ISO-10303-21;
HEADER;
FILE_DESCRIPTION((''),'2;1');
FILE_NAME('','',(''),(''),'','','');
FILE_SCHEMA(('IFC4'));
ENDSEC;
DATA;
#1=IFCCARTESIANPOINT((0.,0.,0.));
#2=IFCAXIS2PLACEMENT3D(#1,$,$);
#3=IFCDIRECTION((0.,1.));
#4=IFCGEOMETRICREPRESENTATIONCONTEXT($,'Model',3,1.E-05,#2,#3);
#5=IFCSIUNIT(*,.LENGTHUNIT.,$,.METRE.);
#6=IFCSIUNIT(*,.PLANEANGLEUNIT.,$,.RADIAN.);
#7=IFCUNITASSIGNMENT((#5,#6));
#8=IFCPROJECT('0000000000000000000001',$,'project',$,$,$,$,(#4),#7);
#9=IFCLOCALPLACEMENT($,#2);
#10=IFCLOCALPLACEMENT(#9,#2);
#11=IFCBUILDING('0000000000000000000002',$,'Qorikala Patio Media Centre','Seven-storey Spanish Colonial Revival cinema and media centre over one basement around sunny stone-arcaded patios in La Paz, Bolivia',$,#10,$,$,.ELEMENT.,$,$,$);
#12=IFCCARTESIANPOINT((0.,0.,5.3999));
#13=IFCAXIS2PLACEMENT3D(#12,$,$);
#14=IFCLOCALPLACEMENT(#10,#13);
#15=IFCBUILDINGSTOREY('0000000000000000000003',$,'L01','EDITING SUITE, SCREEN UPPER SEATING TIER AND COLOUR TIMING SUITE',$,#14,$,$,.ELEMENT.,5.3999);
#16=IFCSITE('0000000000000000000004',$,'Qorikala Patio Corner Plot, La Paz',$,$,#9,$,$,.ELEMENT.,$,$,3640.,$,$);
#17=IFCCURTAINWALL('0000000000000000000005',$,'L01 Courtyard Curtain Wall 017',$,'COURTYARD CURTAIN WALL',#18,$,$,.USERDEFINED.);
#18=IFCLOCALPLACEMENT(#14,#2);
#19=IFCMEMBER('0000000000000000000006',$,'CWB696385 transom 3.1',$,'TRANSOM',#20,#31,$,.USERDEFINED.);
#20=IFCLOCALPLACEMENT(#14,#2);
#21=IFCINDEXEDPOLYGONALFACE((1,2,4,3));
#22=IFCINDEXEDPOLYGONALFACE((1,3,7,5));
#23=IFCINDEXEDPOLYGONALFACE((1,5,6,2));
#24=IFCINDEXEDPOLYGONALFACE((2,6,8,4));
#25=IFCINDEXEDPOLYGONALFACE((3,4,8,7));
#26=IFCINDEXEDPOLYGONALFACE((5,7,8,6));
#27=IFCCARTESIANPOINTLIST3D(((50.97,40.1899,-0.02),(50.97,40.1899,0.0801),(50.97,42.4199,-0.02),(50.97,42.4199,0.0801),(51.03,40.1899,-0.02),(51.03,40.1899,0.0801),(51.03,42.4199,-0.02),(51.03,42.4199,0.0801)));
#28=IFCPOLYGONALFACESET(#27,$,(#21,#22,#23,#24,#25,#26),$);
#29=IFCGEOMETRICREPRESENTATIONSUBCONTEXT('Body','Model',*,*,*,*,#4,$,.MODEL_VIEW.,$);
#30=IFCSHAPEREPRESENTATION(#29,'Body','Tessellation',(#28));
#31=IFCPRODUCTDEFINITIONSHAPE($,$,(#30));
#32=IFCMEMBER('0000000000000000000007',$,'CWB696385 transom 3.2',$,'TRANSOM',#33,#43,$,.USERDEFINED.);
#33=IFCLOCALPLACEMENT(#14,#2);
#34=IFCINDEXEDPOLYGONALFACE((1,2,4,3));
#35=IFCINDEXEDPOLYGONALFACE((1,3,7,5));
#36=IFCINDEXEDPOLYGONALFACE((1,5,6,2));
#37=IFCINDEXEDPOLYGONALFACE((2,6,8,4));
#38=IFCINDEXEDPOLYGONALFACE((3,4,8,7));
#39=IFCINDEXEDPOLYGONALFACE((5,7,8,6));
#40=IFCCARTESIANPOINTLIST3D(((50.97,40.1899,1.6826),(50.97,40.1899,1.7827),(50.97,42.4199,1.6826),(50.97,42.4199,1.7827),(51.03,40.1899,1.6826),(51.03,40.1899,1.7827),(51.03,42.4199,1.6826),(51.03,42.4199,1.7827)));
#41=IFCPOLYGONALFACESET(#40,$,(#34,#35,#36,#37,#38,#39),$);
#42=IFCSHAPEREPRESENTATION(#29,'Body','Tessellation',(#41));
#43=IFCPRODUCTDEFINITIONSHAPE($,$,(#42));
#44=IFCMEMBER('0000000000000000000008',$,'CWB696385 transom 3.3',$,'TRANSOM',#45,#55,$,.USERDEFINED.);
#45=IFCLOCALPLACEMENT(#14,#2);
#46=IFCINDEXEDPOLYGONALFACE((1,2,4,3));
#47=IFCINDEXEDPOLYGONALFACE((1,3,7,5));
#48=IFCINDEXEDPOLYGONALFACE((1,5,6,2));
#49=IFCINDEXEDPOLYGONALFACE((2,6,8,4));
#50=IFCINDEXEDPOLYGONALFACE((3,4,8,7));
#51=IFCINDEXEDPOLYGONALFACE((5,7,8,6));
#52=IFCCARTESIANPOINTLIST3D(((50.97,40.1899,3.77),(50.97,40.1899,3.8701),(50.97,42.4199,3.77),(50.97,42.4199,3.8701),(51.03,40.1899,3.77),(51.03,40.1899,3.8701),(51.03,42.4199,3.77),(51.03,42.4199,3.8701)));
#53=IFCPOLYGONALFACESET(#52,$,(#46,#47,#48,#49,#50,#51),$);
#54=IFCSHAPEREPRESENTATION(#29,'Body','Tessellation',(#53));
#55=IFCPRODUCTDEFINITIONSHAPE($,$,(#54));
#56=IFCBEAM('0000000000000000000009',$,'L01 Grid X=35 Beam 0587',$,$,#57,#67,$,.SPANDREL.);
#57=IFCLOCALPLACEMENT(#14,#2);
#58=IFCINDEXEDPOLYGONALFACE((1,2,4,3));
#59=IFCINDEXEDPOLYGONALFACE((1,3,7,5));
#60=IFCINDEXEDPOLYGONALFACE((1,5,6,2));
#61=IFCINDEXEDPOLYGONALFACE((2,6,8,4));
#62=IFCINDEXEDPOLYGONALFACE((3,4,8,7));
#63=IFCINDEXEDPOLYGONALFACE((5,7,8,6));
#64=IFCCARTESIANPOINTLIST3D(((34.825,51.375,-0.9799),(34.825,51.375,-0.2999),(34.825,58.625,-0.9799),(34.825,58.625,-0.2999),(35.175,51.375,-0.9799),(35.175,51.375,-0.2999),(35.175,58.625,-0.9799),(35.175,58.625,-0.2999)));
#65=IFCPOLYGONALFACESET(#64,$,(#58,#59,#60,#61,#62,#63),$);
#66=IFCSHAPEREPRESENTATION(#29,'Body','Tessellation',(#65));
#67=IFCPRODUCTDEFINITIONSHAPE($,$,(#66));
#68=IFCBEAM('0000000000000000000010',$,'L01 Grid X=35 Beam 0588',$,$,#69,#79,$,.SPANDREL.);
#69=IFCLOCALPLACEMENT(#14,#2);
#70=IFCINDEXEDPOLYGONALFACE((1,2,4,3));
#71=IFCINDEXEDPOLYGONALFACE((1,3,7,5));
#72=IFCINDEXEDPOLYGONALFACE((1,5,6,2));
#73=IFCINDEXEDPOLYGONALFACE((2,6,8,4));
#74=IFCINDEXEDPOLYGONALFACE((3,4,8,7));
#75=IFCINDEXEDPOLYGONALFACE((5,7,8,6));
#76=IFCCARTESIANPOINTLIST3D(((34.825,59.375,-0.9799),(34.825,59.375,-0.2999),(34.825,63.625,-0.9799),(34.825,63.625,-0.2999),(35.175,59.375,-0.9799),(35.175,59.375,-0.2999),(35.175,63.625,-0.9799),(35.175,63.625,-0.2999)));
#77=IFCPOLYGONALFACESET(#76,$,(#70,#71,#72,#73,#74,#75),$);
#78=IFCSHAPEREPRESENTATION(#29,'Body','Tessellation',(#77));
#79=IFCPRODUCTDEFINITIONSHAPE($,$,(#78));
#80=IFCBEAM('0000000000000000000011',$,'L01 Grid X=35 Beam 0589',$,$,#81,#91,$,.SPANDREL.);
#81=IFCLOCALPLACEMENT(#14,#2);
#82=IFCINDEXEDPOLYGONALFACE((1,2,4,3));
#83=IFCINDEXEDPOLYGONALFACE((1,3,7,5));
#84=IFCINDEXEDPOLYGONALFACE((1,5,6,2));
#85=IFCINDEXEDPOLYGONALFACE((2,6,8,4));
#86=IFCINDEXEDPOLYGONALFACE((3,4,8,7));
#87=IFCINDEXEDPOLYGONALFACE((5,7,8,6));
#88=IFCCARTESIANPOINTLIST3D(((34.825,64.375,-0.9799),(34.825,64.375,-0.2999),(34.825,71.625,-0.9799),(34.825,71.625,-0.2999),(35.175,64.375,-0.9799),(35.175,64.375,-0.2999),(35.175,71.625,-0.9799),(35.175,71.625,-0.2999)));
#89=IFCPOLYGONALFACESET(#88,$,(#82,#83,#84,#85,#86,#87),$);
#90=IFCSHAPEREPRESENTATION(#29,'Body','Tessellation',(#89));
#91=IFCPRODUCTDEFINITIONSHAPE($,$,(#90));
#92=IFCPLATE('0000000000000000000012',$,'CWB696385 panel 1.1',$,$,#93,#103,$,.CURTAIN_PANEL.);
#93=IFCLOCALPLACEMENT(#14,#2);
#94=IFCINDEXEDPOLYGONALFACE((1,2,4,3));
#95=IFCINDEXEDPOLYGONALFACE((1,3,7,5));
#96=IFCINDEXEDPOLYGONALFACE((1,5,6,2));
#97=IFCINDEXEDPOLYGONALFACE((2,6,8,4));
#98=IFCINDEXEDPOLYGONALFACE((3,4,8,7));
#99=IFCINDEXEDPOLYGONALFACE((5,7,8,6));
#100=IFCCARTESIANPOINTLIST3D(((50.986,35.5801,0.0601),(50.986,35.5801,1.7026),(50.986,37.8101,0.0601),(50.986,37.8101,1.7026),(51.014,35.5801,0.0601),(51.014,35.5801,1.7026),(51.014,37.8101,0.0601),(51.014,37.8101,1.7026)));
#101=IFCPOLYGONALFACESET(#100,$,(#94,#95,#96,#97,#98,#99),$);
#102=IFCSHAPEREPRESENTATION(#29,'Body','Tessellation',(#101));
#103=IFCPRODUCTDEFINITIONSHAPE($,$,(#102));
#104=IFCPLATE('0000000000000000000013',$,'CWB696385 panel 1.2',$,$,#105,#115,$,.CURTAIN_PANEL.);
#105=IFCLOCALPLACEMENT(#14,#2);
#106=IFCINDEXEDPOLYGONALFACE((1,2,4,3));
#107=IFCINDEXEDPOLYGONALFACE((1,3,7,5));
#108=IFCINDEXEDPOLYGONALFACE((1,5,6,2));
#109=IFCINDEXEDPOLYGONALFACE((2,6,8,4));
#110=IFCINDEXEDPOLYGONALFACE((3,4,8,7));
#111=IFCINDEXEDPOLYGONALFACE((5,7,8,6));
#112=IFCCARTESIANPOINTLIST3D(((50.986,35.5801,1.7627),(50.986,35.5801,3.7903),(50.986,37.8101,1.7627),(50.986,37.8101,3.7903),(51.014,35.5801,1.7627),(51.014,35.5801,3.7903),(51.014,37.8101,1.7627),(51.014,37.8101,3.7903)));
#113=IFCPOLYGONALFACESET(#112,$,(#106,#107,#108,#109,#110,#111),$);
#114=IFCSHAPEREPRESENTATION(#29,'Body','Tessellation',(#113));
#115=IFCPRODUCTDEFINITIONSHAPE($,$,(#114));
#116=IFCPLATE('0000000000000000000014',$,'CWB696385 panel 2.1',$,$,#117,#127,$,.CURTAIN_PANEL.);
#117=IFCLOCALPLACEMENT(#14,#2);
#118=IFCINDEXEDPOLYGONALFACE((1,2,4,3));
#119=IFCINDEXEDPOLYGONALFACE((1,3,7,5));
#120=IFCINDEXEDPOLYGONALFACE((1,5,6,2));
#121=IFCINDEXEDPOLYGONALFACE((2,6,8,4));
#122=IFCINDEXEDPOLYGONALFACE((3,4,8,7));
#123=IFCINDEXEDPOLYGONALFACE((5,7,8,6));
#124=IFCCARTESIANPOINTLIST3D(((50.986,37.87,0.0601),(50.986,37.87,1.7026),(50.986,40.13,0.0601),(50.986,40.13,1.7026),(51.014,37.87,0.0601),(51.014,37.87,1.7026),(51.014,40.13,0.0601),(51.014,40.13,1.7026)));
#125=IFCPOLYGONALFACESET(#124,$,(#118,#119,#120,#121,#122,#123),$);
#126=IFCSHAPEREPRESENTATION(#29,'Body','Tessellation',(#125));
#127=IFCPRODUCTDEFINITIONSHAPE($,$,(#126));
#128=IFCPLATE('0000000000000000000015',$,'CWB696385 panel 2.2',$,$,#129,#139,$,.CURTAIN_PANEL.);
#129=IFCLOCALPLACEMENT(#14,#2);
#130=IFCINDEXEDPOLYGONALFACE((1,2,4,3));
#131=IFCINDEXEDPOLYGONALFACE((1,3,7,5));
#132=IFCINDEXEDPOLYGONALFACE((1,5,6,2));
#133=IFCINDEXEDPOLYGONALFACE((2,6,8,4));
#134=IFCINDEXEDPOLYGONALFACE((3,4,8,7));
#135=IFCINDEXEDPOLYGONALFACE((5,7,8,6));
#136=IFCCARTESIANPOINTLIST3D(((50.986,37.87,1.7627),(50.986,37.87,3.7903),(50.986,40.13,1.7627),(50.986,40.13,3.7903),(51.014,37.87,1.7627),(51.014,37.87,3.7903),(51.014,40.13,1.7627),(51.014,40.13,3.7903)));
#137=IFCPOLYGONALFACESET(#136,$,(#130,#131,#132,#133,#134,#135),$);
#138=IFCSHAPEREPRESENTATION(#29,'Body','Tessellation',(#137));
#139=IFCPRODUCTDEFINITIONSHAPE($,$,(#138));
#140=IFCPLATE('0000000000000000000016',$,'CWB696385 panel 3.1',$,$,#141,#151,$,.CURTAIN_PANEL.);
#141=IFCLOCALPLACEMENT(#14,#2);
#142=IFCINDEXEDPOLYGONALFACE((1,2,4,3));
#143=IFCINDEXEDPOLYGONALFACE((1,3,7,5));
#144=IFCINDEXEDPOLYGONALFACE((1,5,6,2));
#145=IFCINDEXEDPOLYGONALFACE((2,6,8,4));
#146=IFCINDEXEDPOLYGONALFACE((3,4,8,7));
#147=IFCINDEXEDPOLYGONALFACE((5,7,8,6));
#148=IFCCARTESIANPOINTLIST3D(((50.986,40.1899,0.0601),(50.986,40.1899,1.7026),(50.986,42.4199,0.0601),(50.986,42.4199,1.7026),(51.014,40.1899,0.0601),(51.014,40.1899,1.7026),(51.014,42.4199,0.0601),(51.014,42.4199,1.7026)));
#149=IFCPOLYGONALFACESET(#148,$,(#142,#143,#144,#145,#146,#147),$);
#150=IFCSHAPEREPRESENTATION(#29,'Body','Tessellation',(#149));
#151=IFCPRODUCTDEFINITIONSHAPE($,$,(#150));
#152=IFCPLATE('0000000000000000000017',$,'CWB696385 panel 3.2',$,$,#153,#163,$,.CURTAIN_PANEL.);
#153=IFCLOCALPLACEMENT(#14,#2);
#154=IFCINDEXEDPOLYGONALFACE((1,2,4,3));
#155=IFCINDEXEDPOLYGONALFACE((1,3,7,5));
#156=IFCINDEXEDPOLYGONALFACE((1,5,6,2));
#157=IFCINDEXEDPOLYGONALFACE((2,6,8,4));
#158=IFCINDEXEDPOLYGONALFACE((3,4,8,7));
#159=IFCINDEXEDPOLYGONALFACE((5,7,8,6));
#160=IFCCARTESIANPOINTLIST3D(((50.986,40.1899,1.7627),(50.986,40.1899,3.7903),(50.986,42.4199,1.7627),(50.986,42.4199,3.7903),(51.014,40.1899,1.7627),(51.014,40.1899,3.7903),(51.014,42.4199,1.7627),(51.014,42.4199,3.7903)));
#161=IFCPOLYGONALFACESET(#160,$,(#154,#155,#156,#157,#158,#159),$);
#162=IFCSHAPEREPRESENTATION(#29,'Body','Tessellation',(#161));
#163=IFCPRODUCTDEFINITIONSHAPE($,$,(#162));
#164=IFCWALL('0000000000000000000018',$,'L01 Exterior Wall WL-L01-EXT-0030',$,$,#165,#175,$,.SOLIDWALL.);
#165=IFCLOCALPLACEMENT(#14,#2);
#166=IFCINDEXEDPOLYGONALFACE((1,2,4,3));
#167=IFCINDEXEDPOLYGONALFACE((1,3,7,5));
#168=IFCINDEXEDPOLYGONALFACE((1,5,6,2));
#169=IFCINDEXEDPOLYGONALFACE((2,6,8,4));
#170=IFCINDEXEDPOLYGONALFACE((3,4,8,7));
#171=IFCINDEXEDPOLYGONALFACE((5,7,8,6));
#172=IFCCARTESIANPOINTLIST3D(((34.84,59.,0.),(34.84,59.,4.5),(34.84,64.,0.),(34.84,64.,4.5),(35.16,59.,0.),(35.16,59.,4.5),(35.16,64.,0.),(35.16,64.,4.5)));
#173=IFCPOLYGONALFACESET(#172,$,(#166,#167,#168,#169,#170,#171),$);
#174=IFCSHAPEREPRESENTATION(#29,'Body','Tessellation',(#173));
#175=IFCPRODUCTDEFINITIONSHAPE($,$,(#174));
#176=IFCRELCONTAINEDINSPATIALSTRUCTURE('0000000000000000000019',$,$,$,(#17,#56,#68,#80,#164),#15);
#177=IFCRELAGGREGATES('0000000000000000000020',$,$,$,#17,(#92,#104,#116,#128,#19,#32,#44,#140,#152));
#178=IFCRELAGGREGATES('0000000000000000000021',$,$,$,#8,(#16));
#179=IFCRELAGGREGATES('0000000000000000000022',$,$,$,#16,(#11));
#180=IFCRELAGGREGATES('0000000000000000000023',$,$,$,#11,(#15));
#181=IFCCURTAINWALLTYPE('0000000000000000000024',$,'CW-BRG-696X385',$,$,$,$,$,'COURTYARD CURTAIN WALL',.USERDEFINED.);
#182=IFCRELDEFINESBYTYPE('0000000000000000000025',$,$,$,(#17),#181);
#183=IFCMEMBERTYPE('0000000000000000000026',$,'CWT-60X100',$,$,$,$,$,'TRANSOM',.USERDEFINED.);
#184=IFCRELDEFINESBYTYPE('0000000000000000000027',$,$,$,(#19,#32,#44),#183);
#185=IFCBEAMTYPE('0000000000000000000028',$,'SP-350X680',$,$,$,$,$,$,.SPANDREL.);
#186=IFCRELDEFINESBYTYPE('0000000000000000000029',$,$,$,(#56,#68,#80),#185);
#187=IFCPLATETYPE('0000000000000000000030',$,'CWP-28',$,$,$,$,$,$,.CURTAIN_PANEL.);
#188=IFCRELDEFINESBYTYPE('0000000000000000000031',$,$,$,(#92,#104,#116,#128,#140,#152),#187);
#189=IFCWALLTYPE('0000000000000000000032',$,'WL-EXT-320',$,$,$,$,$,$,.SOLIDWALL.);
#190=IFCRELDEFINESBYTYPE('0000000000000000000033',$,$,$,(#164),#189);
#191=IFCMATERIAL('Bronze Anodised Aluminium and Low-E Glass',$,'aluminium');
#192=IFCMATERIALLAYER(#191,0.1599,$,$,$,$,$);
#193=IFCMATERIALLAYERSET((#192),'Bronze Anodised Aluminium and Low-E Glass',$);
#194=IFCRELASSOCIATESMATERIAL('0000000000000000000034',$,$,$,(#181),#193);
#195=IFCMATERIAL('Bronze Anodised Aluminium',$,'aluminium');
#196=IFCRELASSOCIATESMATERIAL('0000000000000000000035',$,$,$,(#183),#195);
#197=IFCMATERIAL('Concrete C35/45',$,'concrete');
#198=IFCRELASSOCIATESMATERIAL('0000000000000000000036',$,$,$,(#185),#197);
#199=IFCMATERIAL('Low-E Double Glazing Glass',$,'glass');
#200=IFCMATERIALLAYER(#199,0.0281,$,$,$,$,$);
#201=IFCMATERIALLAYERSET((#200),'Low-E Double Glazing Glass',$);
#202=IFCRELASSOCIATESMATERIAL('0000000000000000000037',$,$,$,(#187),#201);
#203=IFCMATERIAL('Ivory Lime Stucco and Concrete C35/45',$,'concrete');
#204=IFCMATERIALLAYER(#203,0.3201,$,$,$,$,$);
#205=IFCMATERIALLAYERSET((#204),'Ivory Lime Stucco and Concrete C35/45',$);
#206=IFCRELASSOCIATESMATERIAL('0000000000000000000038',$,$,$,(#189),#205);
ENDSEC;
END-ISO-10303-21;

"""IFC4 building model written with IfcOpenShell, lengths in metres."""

from ifc_helpers import new_model, si_unit, direction, frame, frame_2d, origin, origin_2d, place, context, subcontext, project, spatial, rectangle, extrude, material, layer, layer_set, material_profile, profile_set, type_object, element, aggregate, save


model = new_model("IFC4")

# Units and contexts
model_context = context("Model", 3, precision=1e-05, world=origin(), true_north=direction((0.0, 1.0)))
body_context = subcontext(model_context, "Body", "Model", "MODEL_VIEW")
ifc_project = project(units=[si_unit("LENGTHUNIT", "METRE"), si_unit("PLANEANGLEUNIT", "RADIAN")], contexts=[model_context])

# Site, building, storey
site_placement = place(None, origin())
site = spatial("IfcSite", under=ifc_project, at=site_placement, Name="Qorikala Patio Corner Plot, La Paz", CompositionType="ELEMENT", RefElevation=3640.0)
building_placement = place(site_placement, origin())
building = spatial("IfcBuilding", under=site, at=building_placement, Name="Qorikala Patio Media Centre", Description="Seven-storey Spanish Colonial Revival cinema and media centre over one basement around sunny stone-arcaded patios in La Paz, Bolivia", CompositionType="ELEMENT")
storey_placement = place(building_placement, frame((0.0, 0.0, 5.3999)))
storey = spatial("IfcBuildingStorey", under=building, at=storey_placement, Name="L01", Description="EDITING SUITE, SCREEN UPPER SEATING TIER AND COLOUR TIMING SUITE", CompositionType="ELEMENT", Elevation=5.3999)

# Shared definitions
ifc_material_1 = material(Name="Concrete C35/45", Category="concrete")

# Curtain wall, members
ifc_material_2 = material(Name="Bronze Anodised Aluminium and Low-E Glass", Category="aluminium")
ifc_layer_1 = layer(ifc_material_2, 0.1599)
ifc_layer_set_1 = layer_set([ifc_layer_1], Name="Bronze Anodised Aluminium and Low-E Glass")
curtain_wall_type = type_object("IfcCurtainWallType", Name="CW-BRG-696X385", ElementType="COURTYARD CURTAIN WALL", PredefinedType="USERDEFINED", material=ifc_layer_set_1)
curtain_wall_placement = place(storey_placement, origin())
curtain_wall = element("IfcCurtainWall", 1, at=curtain_wall_placement, inside=storey, type_object=curtain_wall_type, Name="L01 Courtyard Curtain Wall 017", ObjectType="COURTYARD CURTAIN WALL", PredefinedType="USERDEFINED")
ifc_material_3 = material(Name="Bronze Anodised Aluminium", Category="aluminium")
ifc_material_profile_1 = material_profile(ifc_material_3, rectangle(XDim=0.0601, YDim=0.1001, at=origin_2d()), Name="ALU TRANSOM 60x100")
ifc_profile_set_1 = profile_set([ifc_material_profile_1], Name="Bronze Anodised Aluminium")
member_type_1 = type_object("IfcMemberType", Name="CWT-60X100", ElementType="TRANSOM", PredefinedType="USERDEFINED", material=ifc_profile_set_1)
member_1_placement = place(storey_placement, frame((51.0, 40.1899, 0.03), z_axis=(0.0, 1.0, 0.0), x_axis=(-1.0, 0.0, 0.0)))
member_1 = element("IfcMember", 2, at=member_1_placement, type_object=member_type_1, Name="CWB696385 transom 3.1", ObjectType="TRANSOM", PredefinedType="USERDEFINED", context=body_context, shape_type="SweptSolid", body=[
    extrude(rectangle(XDim=0.0601, YDim=0.1001, at=origin_2d()), origin(), (0.0, 0.0, 1.0), 2.23),
])
member_2_placement = place(storey_placement, frame((51.0, 40.1899, 1.7327), z_axis=(0.0, 1.0, 0.0), x_axis=(-1.0, 0.0, 0.0)))
member_2 = element("IfcMember", 3, at=member_2_placement, type_object=member_type_1, Name="CWB696385 transom 3.2", ObjectType="TRANSOM", PredefinedType="USERDEFINED", context=body_context, shape_type="SweptSolid", body=[
    extrude(rectangle(XDim=0.0601, YDim=0.1001, at=origin_2d()), origin(), (0.0, 0.0, 1.0), 2.23),
])
member_3_placement = place(storey_placement, frame((51.0, 40.1899, 3.8201), z_axis=(0.0, 1.0, 0.0), x_axis=(-1.0, 0.0, 0.0)))
member_3 = element("IfcMember", 4, at=member_3_placement, type_object=member_type_1, Name="CWB696385 transom 3.3", ObjectType="TRANSOM", PredefinedType="USERDEFINED", context=body_context, shape_type="SweptSolid", body=[
    extrude(rectangle(XDim=0.0601, YDim=0.1001, at=origin_2d()), origin(), (0.0, 0.0, 1.0), 2.23),
])

# Beams
ifc_material_profile_2 = material_profile(ifc_material_1, rectangle(XDim=0.3501, YDim=0.6799, at=origin_2d()), Name="RC 350x680")
ifc_profile_set_2 = profile_set([ifc_material_profile_2], Name="Concrete C35/45")
beam_type = type_object("IfcBeamType", Name="SP-350X680", PredefinedType="SPANDREL", material=ifc_profile_set_2)
beam_1_placement = place(storey_placement, frame((35.0, 51.375, -0.6399), z_axis=(0.0, 1.0, 0.0), x_axis=(-1.0, 0.0, 0.0)))
element("IfcBeam", 5, at=beam_1_placement, inside=storey, type_object=beam_type, Name="L01 Grid X=35 Beam 0587", PredefinedType="SPANDREL", context=body_context, shape_type="SweptSolid", body=[
    extrude(rectangle(XDim=0.3501, YDim=0.6799, at=origin_2d()), origin(), (0.0, 0.0, 1.0), 7.25),
])
beam_2_placement = place(storey_placement, frame((35.0, 59.375, -0.6399), z_axis=(0.0, 1.0, 0.0), x_axis=(-1.0, 0.0, 0.0)))
element("IfcBeam", 6, at=beam_2_placement, inside=storey, type_object=beam_type, Name="L01 Grid X=35 Beam 0588", PredefinedType="SPANDREL", context=body_context, shape_type="SweptSolid", body=[
    extrude(rectangle(XDim=0.3501, YDim=0.6799, at=origin_2d()), origin(), (0.0, 0.0, 1.0), 4.25),
])
beam_3_placement = place(storey_placement, frame((35.0, 64.375, -0.6399), z_axis=(0.0, 1.0, 0.0), x_axis=(-1.0, 0.0, 0.0)))
element("IfcBeam", 7, at=beam_3_placement, inside=storey, type_object=beam_type, Name="L01 Grid X=35 Beam 0589", PredefinedType="SPANDREL", context=body_context, shape_type="SweptSolid", body=[
    extrude(rectangle(XDim=0.3501, YDim=0.6799, at=origin_2d()), origin(), (0.0, 0.0, 1.0), 7.25),
])

# Plates
ifc_material_4 = material(Name="Low-E Double Glazing Glass", Category="glass")
ifc_layer_2 = layer(ifc_material_4, 0.0281)
ifc_layer_set_2 = layer_set([ifc_layer_2], Name="Low-E Double Glazing Glass")
plate_type = type_object("IfcPlateType", Name="CWP-28", PredefinedType="CURTAIN_PANEL", material=ifc_layer_set_2)
plate_1_placement = place(storey_placement, frame((51.0, 36.6951, 0.0601), z_axis=(0.0, 0.0, 1.0), x_axis=(0.0, 1.0, 0.0)))
plate_1 = element("IfcPlate", 8, at=plate_1_placement, type_object=plate_type, Name="CWB696385 panel 1.1", PredefinedType="CURTAIN_PANEL", context=body_context, shape_type="SweptSolid", body=[
    extrude(rectangle(XDim=2.23, YDim=0.0281, at=origin_2d()), origin(), (0.0, 0.0, 1.0), 1.6426),
])
plate_2_placement = place(storey_placement, frame((51.0, 36.6951, 1.7627), z_axis=(0.0, 0.0, 1.0), x_axis=(0.0, 1.0, 0.0)))
plate_2 = element("IfcPlate", 9, at=plate_2_placement, type_object=plate_type, Name="CWB696385 panel 1.2", PredefinedType="CURTAIN_PANEL", context=body_context, shape_type="SweptSolid", body=[
    extrude(rectangle(XDim=2.23, YDim=0.0281, at=origin_2d()), origin(), (0.0, 0.0, 1.0), 2.0276),
])
plate_3_placement = place(storey_placement, frame((51.0, 39.0, 0.0601), z_axis=(0.0, 0.0, 1.0), x_axis=(0.0, 1.0, 0.0)))
plate_3 = element("IfcPlate", 10, at=plate_3_placement, type_object=plate_type, Name="CWB696385 panel 2.1", PredefinedType="CURTAIN_PANEL", context=body_context, shape_type="SweptSolid", body=[
    extrude(rectangle(XDim=2.26, YDim=0.0281, at=origin_2d()), origin(), (0.0, 0.0, 1.0), 1.6426),
])
plate_4_placement = place(storey_placement, frame((51.0, 39.0, 1.7627), z_axis=(0.0, 0.0, 1.0), x_axis=(0.0, 1.0, 0.0)))
plate_4 = element("IfcPlate", 11, at=plate_4_placement, type_object=plate_type, Name="CWB696385 panel 2.2", PredefinedType="CURTAIN_PANEL", context=body_context, shape_type="SweptSolid", body=[
    extrude(rectangle(XDim=2.26, YDim=0.0281, at=origin_2d()), origin(), (0.0, 0.0, 1.0), 2.0276),
])
plate_5_placement = place(storey_placement, frame((51.0, 41.3049, 0.0601), z_axis=(0.0, 0.0, 1.0), x_axis=(0.0, 1.0, 0.0)))
plate_5 = element("IfcPlate", 12, at=plate_5_placement, type_object=plate_type, Name="CWB696385 panel 3.1", PredefinedType="CURTAIN_PANEL", context=body_context, shape_type="SweptSolid", body=[
    extrude(rectangle(XDim=2.23, YDim=0.0281, at=origin_2d()), origin(), (0.0, 0.0, 1.0), 1.6426),
])
plate_6_placement = place(storey_placement, frame((51.0, 41.3049, 1.7627), z_axis=(0.0, 0.0, 1.0), x_axis=(0.0, 1.0, 0.0)))
plate_6 = element("IfcPlate", 13, at=plate_6_placement, type_object=plate_type, Name="CWB696385 panel 3.2", PredefinedType="CURTAIN_PANEL", context=body_context, shape_type="SweptSolid", body=[
    extrude(rectangle(XDim=2.23, YDim=0.0281, at=origin_2d()), origin(), (0.0, 0.0, 1.0), 2.0276),
])
aggregate(curtain_wall, [plate_1, plate_2, plate_3, plate_4, member_1, member_2, member_3, plate_5, plate_6])

# Wall
ifc_material_5 = material(Name="Ivory Lime Stucco and Concrete C35/45", Category="concrete")
ifc_layer_3 = layer(ifc_material_5, 0.3201)
ifc_layer_set_3 = layer_set([ifc_layer_3], Name="Ivory Lime Stucco and Concrete C35/45")
wall_type = type_object("IfcWallType", Name="WL-EXT-320", PredefinedType="SOLIDWALL", material=ifc_layer_set_3)
wall_1_placement = place(storey_placement, frame((35.0, 64.0, 0.0), z_axis=(0.0, 0.0, 1.0), x_axis=(0.0, -1.0, 0.0)))
element("IfcWall", 14, at=wall_1_placement, inside=storey, type_object=wall_type, Name="L01 Exterior Wall WL-L01-EXT-0030", PredefinedType="SOLIDWALL", context=body_context, shape_type="SweptSolid", body=[
    extrude(rectangle(XDim=5.0, YDim=0.3201, at=frame_2d((2.5, 0.0))), origin(), (0.0, 0.0, 1.0), 4.5),
])

save(model, "model.ifc")
